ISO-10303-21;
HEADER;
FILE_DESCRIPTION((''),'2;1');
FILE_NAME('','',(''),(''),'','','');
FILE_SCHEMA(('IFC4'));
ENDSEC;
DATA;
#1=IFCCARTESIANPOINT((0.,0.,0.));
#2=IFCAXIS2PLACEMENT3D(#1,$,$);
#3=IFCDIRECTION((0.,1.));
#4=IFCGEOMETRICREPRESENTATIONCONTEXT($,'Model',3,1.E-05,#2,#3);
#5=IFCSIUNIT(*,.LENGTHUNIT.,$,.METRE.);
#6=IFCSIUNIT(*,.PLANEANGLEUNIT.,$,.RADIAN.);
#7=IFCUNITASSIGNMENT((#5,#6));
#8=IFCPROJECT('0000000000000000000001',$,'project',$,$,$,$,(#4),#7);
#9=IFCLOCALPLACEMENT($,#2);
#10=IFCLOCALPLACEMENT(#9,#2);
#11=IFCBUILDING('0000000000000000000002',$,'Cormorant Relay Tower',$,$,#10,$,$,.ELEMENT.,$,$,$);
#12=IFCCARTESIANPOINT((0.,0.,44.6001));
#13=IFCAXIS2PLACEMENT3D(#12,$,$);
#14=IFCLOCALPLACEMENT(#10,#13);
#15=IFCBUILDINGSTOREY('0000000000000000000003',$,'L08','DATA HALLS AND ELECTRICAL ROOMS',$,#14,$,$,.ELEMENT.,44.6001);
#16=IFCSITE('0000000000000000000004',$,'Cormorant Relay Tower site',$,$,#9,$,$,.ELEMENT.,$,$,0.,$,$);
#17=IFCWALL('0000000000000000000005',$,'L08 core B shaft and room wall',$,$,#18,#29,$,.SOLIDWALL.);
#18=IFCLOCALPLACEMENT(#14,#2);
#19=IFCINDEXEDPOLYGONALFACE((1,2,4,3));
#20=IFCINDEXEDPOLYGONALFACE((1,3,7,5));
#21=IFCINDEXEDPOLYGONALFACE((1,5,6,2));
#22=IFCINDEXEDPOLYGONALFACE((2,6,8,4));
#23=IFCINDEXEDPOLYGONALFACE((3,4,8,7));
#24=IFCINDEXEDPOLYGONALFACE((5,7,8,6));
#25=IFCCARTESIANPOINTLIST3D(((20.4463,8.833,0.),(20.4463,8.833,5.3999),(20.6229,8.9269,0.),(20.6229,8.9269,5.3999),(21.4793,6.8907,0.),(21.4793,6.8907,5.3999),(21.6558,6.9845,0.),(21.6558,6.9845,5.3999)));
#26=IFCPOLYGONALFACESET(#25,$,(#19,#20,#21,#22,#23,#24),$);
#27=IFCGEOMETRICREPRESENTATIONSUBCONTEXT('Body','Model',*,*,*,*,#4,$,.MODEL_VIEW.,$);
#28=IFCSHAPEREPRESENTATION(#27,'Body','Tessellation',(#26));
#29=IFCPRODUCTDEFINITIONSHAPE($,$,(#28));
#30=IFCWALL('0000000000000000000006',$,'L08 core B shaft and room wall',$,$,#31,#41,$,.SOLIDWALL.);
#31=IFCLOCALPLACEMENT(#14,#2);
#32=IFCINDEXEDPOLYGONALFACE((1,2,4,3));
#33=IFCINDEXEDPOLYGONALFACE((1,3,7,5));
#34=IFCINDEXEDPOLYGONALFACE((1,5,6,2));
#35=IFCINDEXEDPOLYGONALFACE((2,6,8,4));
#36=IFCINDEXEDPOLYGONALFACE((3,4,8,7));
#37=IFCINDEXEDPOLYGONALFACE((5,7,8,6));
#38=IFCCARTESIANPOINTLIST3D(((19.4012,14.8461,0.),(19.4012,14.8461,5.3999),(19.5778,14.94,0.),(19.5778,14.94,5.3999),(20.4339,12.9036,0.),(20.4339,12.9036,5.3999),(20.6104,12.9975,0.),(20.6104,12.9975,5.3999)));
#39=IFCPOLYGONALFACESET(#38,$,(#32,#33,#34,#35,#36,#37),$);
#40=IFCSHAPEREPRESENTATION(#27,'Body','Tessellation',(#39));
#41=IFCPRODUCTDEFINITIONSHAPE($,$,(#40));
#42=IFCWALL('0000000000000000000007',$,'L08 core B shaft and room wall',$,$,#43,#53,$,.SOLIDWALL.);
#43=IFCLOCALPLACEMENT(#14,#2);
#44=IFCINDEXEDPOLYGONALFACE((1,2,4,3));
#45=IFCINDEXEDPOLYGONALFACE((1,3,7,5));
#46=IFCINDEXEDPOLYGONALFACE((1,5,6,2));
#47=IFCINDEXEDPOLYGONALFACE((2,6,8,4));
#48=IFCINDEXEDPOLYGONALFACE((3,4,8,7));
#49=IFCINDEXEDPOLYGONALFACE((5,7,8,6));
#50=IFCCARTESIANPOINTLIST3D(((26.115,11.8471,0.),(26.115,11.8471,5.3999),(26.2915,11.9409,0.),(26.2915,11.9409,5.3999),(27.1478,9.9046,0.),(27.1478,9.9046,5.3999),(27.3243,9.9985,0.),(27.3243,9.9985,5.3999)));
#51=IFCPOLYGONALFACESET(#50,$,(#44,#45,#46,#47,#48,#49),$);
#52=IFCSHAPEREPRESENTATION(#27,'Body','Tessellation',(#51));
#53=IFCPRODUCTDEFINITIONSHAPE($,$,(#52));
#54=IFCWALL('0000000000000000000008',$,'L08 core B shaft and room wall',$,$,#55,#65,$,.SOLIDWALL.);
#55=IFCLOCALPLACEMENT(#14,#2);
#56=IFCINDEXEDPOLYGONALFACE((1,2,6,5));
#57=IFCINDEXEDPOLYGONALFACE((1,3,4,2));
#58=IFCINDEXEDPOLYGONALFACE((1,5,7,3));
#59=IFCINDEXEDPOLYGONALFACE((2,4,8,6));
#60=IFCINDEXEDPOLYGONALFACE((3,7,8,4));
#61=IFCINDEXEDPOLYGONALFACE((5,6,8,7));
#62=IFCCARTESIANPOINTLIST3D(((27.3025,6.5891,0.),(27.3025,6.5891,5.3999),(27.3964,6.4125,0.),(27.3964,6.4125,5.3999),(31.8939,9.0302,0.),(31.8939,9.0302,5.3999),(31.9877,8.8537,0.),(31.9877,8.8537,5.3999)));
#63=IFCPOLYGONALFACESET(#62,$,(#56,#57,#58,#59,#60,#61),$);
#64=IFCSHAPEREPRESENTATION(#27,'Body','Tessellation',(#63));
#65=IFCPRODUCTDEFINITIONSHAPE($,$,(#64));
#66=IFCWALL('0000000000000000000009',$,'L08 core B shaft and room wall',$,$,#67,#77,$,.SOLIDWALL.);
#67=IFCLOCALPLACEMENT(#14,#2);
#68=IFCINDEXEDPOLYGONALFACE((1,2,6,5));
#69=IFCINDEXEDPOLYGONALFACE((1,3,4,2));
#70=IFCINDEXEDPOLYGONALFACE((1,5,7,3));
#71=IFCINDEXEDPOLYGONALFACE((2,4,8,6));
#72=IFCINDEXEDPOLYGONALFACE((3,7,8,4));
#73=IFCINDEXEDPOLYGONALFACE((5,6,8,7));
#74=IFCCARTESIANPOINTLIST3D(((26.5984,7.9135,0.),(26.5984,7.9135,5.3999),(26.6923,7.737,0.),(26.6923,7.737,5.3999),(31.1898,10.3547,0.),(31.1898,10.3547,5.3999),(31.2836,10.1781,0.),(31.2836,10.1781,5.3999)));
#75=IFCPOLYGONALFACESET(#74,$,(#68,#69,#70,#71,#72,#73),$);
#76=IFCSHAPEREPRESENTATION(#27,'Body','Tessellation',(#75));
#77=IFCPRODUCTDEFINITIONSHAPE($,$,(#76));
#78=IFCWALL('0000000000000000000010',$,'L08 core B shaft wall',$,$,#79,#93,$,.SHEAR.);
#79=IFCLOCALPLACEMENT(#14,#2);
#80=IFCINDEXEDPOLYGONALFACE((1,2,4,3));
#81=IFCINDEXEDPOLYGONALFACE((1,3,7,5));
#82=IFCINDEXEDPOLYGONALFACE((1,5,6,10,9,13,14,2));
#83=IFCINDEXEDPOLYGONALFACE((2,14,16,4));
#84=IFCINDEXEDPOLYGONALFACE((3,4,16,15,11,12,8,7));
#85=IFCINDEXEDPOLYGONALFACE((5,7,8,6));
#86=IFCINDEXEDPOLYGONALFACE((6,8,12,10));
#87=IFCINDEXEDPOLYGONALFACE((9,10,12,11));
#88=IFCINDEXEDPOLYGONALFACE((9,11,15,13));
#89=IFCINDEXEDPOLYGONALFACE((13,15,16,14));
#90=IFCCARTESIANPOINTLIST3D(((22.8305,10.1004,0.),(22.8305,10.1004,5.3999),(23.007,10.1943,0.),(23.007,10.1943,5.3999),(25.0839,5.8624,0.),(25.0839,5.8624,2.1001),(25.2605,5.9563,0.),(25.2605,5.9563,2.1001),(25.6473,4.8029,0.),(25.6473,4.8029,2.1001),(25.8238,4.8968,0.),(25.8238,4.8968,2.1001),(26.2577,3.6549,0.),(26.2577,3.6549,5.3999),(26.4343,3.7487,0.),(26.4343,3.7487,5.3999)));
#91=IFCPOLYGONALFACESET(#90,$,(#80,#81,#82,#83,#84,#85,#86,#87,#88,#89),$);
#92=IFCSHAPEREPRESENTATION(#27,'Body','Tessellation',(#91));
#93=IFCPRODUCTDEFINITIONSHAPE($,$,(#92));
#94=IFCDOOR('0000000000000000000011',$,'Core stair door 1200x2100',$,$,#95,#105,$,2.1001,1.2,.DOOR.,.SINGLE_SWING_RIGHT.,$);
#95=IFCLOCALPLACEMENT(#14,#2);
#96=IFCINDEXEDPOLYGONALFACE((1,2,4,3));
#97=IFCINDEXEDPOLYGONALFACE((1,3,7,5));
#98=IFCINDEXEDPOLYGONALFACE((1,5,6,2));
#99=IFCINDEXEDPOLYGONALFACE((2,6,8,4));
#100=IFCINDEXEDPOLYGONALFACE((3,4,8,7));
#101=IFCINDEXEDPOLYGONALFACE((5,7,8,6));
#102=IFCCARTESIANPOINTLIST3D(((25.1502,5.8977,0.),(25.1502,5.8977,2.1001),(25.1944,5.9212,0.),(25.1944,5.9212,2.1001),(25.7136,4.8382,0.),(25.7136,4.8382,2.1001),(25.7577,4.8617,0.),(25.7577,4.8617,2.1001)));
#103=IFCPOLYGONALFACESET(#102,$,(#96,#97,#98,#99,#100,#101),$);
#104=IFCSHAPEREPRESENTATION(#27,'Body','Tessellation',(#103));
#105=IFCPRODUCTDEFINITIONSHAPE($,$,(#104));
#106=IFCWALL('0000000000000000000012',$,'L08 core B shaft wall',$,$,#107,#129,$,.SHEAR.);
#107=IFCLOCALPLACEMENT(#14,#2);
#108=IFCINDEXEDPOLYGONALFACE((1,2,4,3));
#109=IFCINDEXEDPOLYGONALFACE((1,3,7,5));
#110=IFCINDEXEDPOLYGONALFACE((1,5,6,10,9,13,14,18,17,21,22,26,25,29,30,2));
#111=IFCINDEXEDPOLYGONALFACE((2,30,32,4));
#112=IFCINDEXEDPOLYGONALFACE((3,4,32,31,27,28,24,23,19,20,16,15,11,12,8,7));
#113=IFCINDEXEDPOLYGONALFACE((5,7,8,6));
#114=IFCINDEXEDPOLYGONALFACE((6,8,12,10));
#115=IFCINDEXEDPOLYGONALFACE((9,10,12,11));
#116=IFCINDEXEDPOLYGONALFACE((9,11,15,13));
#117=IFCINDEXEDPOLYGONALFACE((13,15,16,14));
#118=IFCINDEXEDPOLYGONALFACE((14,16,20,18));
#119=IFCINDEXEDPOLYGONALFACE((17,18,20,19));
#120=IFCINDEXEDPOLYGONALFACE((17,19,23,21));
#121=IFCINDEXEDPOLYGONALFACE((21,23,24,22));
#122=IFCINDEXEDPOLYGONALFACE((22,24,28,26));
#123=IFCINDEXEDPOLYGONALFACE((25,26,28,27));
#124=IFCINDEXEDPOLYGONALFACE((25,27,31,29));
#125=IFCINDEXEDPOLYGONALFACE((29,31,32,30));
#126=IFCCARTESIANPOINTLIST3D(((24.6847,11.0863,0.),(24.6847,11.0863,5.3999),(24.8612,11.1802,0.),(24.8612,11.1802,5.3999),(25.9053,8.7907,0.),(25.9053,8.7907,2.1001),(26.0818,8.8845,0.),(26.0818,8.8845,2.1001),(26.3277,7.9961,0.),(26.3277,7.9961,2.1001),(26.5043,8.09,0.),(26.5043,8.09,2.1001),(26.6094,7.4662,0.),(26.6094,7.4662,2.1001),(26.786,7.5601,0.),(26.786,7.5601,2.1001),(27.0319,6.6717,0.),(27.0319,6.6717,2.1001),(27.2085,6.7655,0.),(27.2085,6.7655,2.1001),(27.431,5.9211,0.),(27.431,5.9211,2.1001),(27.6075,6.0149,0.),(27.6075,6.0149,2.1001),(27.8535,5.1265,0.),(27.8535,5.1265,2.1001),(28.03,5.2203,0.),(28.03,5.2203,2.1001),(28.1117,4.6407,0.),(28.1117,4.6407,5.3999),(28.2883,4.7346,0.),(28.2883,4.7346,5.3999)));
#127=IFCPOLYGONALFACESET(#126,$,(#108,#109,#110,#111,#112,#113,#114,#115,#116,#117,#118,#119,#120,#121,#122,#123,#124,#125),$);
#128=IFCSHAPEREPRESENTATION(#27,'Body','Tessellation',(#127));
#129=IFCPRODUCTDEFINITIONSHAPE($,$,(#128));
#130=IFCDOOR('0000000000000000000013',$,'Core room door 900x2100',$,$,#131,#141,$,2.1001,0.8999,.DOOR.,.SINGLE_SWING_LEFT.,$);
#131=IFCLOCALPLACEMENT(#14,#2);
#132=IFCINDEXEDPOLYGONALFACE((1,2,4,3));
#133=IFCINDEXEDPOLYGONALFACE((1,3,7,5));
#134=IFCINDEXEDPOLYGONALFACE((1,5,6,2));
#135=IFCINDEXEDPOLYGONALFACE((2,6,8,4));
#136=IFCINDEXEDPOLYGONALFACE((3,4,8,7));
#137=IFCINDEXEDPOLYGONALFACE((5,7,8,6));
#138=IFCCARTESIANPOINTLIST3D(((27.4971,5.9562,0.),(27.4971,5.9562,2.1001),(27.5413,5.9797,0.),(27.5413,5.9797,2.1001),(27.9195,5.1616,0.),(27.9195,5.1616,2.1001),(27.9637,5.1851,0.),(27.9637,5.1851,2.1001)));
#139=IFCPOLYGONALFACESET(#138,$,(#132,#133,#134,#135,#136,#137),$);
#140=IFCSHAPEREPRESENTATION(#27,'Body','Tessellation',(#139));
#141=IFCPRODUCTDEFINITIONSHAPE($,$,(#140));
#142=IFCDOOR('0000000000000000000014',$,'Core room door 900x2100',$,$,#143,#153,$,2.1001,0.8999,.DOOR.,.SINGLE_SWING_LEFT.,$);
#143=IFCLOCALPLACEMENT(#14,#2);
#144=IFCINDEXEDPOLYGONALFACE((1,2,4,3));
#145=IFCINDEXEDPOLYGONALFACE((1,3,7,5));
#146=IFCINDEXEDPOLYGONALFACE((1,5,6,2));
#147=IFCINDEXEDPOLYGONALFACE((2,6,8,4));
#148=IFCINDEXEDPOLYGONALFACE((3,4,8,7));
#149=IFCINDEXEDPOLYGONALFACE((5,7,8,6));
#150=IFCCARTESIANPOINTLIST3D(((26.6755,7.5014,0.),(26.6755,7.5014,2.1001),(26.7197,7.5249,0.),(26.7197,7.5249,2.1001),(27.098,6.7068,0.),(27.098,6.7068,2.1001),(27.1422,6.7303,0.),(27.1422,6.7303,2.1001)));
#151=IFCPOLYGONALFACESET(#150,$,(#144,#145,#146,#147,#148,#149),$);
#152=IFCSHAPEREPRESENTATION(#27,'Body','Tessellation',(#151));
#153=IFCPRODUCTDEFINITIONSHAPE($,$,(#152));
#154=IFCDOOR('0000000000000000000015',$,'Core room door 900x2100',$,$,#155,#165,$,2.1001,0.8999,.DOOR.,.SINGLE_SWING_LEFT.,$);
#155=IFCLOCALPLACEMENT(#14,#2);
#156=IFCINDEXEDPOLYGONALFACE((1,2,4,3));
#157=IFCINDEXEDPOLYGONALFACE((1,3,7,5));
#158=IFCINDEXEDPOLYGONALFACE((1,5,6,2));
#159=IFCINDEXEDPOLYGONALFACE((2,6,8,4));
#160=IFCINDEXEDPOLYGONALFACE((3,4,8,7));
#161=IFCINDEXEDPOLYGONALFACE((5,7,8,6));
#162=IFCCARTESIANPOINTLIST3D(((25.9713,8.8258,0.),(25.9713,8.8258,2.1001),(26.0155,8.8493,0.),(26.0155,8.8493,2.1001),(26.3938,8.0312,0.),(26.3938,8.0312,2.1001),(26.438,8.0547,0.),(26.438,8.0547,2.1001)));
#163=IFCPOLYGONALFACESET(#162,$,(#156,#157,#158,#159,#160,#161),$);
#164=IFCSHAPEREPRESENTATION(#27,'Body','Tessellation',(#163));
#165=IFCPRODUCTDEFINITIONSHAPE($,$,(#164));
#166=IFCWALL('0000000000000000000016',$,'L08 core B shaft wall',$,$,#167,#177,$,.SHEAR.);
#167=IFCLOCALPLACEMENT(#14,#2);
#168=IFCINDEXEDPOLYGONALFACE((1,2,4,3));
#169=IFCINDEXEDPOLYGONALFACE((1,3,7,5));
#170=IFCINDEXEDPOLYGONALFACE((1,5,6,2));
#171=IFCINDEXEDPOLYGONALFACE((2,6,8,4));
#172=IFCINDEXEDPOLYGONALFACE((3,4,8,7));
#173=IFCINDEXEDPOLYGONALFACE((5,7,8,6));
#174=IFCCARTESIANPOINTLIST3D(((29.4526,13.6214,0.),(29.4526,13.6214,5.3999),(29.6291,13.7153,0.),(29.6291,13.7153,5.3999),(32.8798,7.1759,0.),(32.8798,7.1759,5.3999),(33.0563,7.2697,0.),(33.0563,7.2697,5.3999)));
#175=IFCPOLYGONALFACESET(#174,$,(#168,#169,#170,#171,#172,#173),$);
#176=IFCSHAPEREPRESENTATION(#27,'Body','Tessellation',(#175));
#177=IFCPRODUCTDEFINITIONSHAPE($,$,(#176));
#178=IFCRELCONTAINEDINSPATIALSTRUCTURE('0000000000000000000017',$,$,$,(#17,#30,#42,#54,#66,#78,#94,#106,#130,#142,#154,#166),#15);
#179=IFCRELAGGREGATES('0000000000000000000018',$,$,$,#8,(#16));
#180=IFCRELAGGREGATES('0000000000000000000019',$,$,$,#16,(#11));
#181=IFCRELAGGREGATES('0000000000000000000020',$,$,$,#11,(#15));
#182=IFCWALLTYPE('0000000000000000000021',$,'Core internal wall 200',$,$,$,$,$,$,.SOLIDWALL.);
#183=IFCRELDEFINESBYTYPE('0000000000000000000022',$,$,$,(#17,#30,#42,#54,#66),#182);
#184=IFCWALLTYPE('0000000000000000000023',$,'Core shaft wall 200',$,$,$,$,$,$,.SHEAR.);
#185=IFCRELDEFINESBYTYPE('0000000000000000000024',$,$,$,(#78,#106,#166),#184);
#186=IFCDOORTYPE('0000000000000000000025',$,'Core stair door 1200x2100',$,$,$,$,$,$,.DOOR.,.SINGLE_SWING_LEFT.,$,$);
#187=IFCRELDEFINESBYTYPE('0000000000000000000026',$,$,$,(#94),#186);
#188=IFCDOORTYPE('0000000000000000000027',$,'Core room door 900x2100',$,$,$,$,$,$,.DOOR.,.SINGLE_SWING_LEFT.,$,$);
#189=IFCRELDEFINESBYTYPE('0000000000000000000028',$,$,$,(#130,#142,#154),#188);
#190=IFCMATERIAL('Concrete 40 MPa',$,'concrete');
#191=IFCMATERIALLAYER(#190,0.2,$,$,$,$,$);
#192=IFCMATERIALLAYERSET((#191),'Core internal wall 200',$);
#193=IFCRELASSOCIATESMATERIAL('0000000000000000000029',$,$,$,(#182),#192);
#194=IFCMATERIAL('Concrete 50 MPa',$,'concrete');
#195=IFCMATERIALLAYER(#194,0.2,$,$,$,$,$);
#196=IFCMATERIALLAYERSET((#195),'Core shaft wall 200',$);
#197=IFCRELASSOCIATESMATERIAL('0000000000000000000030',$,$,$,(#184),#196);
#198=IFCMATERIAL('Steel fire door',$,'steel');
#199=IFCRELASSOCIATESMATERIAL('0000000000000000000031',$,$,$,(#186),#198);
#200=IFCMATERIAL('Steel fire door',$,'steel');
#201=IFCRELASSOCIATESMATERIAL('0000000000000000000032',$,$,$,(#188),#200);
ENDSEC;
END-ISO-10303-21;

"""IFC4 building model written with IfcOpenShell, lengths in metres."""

from ifc_helpers import new_model, si_unit, direction, frame, frame_2d, origin, place, context, subcontext, project, spatial, rectangle, extrude, material, layer, layer_set, type_object, element, fill, save


model = new_model("IFC4")

# Units and contexts
model_context = context("Model", 3, precision=1e-05, world=origin(), true_north=direction((0.0, 1.0)))
body_context = subcontext(model_context, "Body", "Model", "MODEL_VIEW")
ifc_project = project(units=[si_unit("LENGTHUNIT", "METRE"), si_unit("PLANEANGLEUNIT", "RADIAN")], contexts=[model_context])

# Site, building, storey
site_placement = place(None, origin())
site = spatial("IfcSite", under=ifc_project, at=site_placement, Name="Cormorant Relay Tower site", CompositionType="ELEMENT", RefElevation=0.0)
building_placement = place(site_placement, origin())
building = spatial("IfcBuilding", under=site, at=building_placement, Name="Cormorant Relay Tower", CompositionType="ELEMENT")
storey_placement = place(building_placement, frame((0.0, 0.0, 44.6001)))
storey = spatial("IfcBuildingStorey", under=building, at=storey_placement, Name="L08", Description="DATA HALLS AND ELECTRICAL ROOMS", CompositionType="ELEMENT", Elevation=44.6001)

# Walls
ifc_material_1 = material(Name="Concrete 40 MPa", Category="concrete")
ifc_layer_1 = layer(ifc_material_1, 0.2)
ifc_layer_set_1 = layer_set([ifc_layer_1], Name="Core internal wall 200")
wall_type_1 = type_object("IfcWallType", Name="Core internal wall 200", PredefinedType="SOLIDWALL", material=ifc_layer_set_1)
for number, where, z_axis, x_axis, name in (
    (1, (21.5676, 6.9375, 0.0), (0.0, 0.0, 1.0), (-0.469534, 0.882914, 0.0), "L08 core B shaft and room wall"),
    (2, (20.5222, 12.9504, 0.0), (0.0, 0.0, 1.0), (-0.469401, 0.882985, 0.0), "L08 core B shaft and room wall"),
    (3, (27.2361, 9.9514, 0.0), (0.0, 0.0, 1.0), (-0.469447, 0.88296, 0.0), "L08 core B shaft and room wall"),
):
    element("IfcWall", number, at=place(storey_placement, frame(where, z_axis=z_axis, x_axis=x_axis)), inside=storey, type_object=wall_type_1, Name=name, PredefinedType="SOLIDWALL", context=body_context, shape_type="SweptSolid", body=[
        extrude(rectangle(XDim=2.2, YDim=0.2, at=frame_2d((1.1001, 0.0))), origin(), (0.0, 0.0, 1.0), 5.3999),
    ])
for number, where, z_axis, x_axis, name in (
    (4, (27.3494, 6.5007, 0.0), (0.0, 0.0, 1.0), (0.882954, 0.46946, 0.0), "L08 core B shaft and room wall"),
    (5, (26.6453, 7.8252, 0.0), (0.0, 0.0, 1.0), (0.882954, 0.46946, 0.0), "L08 core B shaft and room wall"),
):
    element("IfcWall", number, at=place(storey_placement, frame(where, z_axis=z_axis, x_axis=x_axis)), inside=storey, type_object=wall_type_1, Name=name, PredefinedType="SOLIDWALL", context=body_context, shape_type="SweptSolid", body=[
        extrude(rectangle(XDim=5.2, YDim=0.2, at=frame_2d((2.6001, 0.0))), origin(), (0.0, 0.0, 1.0), 5.3999),
    ])

# Wall, opening, door
ifc_material_2 = material(Name="Concrete 50 MPa", Category="concrete")
ifc_layer_2 = layer(ifc_material_2, 0.2)
ifc_layer_set_2 = layer_set([ifc_layer_2], Name="Core shaft wall 200")
wall_type_2 = type_object("IfcWallType", Name="Core shaft wall 200", PredefinedType="SHEAR", material=ifc_layer_set_2)
wall_1_placement = place(storey_placement, frame((26.3459, 3.7019, 0.0), z_axis=(0.0, 0.0, 1.0), x_axis=(-0.46948, 0.882943, 0.0)))
wall_1 = element("IfcWall", 6, at=wall_1_placement, inside=storey, type_object=wall_type_2, Name="L08 core B shaft wall", PredefinedType="SHEAR", context=body_context, shape_type="SweptSolid", body=[
    extrude(rectangle(XDim=7.3, YDim=0.2, at=frame_2d((3.6499, 0.0))), origin(), (0.0, 0.0, 1.0), 5.3999),
])
opening_1_placement = place(wall_1_placement, frame((1.3, 0.0, 0.0)))
opening_1 = element("IfcOpeningElement", 7, at=opening_1_placement, cuts=wall_1, PredefinedType="OPENING", context=body_context, shape_type="SweptSolid", body=[
    extrude(rectangle(XDim=1.2, YDim=2.1001, at=frame_2d((0.6001, 1.05))), frame((0.0, 0.1099, 0.0), z_axis=(0.0, -1.0, 0.0), x_axis=(1.0, 0.0, 0.0)), (0.0, 0.0, 1.0), 0.22),
])
ifc_material_3 = material(Name="Steel fire door", Category="steel")
door_type_1 = type_object("IfcDoorType", Name="Core stair door 1200x2100", OperationType="SINGLE_SWING_LEFT", PredefinedType="DOOR", material=ifc_material_3)
door_1_placement = place(opening_1_placement, origin())
door_1 = element("IfcDoor", 8, at=door_1_placement, inside=storey, type_object=door_type_1, Name="Core stair door 1200x2100", OperationType="SINGLE_SWING_RIGHT", OverallHeight=2.1001, OverallWidth=1.2, PredefinedType="DOOR", context=body_context, shape_type="SweptSolid", body=[
    extrude(rectangle(XDim=1.2, YDim=2.1001, at=frame_2d((0.6001, 1.05))), frame((0.0, 0.0249, 0.0), z_axis=(0.0, -1.0, 0.0), x_axis=(1.0, 0.0, 0.0)), (0.0, 0.0, 1.0), 0.05),
])
fill(opening_1, door_1)

# Wall, openings, doors
wall_2_placement = place(storey_placement, frame((28.2, 4.6877, 0.0), z_axis=(0.0, 0.0, 1.0), x_axis=(-0.469454, 0.882957, 0.0)))
wall_2 = element("IfcWall", 9, at=wall_2_placement, inside=storey, type_object=wall_type_2, Name="L08 core B shaft wall", PredefinedType="SHEAR", context=body_context, shape_type="SweptSolid", body=[
    extrude(rectangle(XDim=7.3, YDim=0.2, at=frame_2d((3.6499, 0.0))), origin(), (0.0, 0.0, 1.0), 5.3999),
])
opening_2_placement = place(wall_2_placement, frame((0.55, 0.0, 0.0)))
opening_2 = element("IfcOpeningElement", 10, at=opening_2_placement, cuts=wall_2, PredefinedType="OPENING", context=body_context, shape_type="SweptSolid", body=[
    extrude(rectangle(XDim=0.8999, YDim=2.1001, at=frame_2d((0.45, 1.05))), frame((0.0, 0.1099, 0.0), z_axis=(0.0, -1.0, 0.0), x_axis=(1.0, 0.0, 0.0)), (0.0, 0.0, 1.0), 0.22),
])
opening_3_placement = place(wall_2_placement, frame((2.3, 0.0, 0.0)))
opening_3 = element("IfcOpeningElement", 11, at=opening_3_placement, cuts=wall_2, PredefinedType="OPENING", context=body_context, shape_type="SweptSolid", body=[
    extrude(rectangle(XDim=0.8999, YDim=2.1001, at=frame_2d((0.45, 1.05))), frame((0.0, 0.1099, 0.0), z_axis=(0.0, -1.0, 0.0), x_axis=(1.0, 0.0, 0.0)), (0.0, 0.0, 1.0), 0.22),
])
opening_4_placement = place(wall_2_placement, frame((3.8, 0.0, 0.0)))
opening_4 = element("IfcOpeningElement", 12, at=opening_4_placement, cuts=wall_2, PredefinedType="OPENING", context=body_context, shape_type="SweptSolid", body=[
    extrude(rectangle(XDim=0.8999, YDim=2.1001, at=frame_2d((0.45, 1.05))), frame((0.0, 0.1099, 0.0), z_axis=(0.0, -1.0, 0.0), x_axis=(1.0, 0.0, 0.0)), (0.0, 0.0, 1.0), 0.22),
])
ifc_material_4 = material(Name="Steel fire door", Category="steel")
door_type_2 = type_object("IfcDoorType", Name="Core room door 900x2100", OperationType="SINGLE_SWING_LEFT", PredefinedType="DOOR", material=ifc_material_4)
door_2_placement = place(opening_2_placement, frame((0.8999, 0.0, 0.0), z_axis=(0.0, 0.0, 1.0), x_axis=(-1.0, 0.0, 0.0)))
door_2 = element("IfcDoor", 13, at=door_2_placement, inside=storey, type_object=door_type_2, Name="Core room door 900x2100", OperationType="SINGLE_SWING_LEFT", OverallHeight=2.1001, OverallWidth=0.8999, PredefinedType="DOOR", context=body_context, shape_type="SweptSolid", body=[
    extrude(rectangle(XDim=0.8999, YDim=2.1001, at=frame_2d((0.45, 1.05))), frame((0.0, 0.0249, 0.0), z_axis=(0.0, -1.0, 0.0), x_axis=(1.0, 0.0, 0.0)), (0.0, 0.0, 1.0), 0.05),
])
fill(opening_2, door_2)
door_3_placement = place(opening_3_placement, frame((0.8999, 0.0, 0.0), z_axis=(0.0, 0.0, 1.0), x_axis=(-1.0, 0.0, 0.0)))
door_3 = element("IfcDoor", 14, at=door_3_placement, inside=storey, type_object=door_type_2, Name="Core room door 900x2100", OperationType="SINGLE_SWING_LEFT", OverallHeight=2.1001, OverallWidth=0.8999, PredefinedType="DOOR", context=body_context, shape_type="SweptSolid", body=[
    extrude(rectangle(XDim=0.8999, YDim=2.1001, at=frame_2d((0.45, 1.05))), frame((0.0, 0.0249, 0.0), z_axis=(0.0, -1.0, 0.0), x_axis=(1.0, 0.0, 0.0)), (0.0, 0.0, 1.0), 0.05),
])
fill(opening_3, door_3)
door_4_placement = place(opening_4_placement, frame((0.8999, 0.0, 0.0), z_axis=(0.0, 0.0, 1.0), x_axis=(-1.0, 0.0, 0.0)))
door_4 = element("IfcDoor", 15, at=door_4_placement, inside=storey, type_object=door_type_2, Name="Core room door 900x2100", OperationType="SINGLE_SWING_LEFT", OverallHeight=2.1001, OverallWidth=0.8999, PredefinedType="DOOR", context=body_context, shape_type="SweptSolid", body=[
    extrude(rectangle(XDim=0.8999, YDim=2.1001, at=frame_2d((0.45, 1.05))), frame((0.0, 0.0249, 0.0), z_axis=(0.0, -1.0, 0.0), x_axis=(1.0, 0.0, 0.0)), (0.0, 0.0, 1.0), 0.05),
])
fill(opening_4, door_4)

# Wall
wall_3_placement = place(storey_placement, frame((32.968, 7.2229, 0.0), z_axis=(0.0, 0.0, 1.0), x_axis=(-0.46948, 0.882943, 0.0)))
element("IfcWall", 16, at=wall_3_placement, inside=storey, type_object=wall_type_2, Name="L08 core B shaft wall", PredefinedType="SHEAR", context=body_context, shape_type="SweptSolid", body=[
    extrude(rectangle(XDim=7.3, YDim=0.2, at=frame_2d((3.6499, 0.0))), origin(), (0.0, 0.0, 1.0), 5.3999),
])

save(model, "model.ifc")
